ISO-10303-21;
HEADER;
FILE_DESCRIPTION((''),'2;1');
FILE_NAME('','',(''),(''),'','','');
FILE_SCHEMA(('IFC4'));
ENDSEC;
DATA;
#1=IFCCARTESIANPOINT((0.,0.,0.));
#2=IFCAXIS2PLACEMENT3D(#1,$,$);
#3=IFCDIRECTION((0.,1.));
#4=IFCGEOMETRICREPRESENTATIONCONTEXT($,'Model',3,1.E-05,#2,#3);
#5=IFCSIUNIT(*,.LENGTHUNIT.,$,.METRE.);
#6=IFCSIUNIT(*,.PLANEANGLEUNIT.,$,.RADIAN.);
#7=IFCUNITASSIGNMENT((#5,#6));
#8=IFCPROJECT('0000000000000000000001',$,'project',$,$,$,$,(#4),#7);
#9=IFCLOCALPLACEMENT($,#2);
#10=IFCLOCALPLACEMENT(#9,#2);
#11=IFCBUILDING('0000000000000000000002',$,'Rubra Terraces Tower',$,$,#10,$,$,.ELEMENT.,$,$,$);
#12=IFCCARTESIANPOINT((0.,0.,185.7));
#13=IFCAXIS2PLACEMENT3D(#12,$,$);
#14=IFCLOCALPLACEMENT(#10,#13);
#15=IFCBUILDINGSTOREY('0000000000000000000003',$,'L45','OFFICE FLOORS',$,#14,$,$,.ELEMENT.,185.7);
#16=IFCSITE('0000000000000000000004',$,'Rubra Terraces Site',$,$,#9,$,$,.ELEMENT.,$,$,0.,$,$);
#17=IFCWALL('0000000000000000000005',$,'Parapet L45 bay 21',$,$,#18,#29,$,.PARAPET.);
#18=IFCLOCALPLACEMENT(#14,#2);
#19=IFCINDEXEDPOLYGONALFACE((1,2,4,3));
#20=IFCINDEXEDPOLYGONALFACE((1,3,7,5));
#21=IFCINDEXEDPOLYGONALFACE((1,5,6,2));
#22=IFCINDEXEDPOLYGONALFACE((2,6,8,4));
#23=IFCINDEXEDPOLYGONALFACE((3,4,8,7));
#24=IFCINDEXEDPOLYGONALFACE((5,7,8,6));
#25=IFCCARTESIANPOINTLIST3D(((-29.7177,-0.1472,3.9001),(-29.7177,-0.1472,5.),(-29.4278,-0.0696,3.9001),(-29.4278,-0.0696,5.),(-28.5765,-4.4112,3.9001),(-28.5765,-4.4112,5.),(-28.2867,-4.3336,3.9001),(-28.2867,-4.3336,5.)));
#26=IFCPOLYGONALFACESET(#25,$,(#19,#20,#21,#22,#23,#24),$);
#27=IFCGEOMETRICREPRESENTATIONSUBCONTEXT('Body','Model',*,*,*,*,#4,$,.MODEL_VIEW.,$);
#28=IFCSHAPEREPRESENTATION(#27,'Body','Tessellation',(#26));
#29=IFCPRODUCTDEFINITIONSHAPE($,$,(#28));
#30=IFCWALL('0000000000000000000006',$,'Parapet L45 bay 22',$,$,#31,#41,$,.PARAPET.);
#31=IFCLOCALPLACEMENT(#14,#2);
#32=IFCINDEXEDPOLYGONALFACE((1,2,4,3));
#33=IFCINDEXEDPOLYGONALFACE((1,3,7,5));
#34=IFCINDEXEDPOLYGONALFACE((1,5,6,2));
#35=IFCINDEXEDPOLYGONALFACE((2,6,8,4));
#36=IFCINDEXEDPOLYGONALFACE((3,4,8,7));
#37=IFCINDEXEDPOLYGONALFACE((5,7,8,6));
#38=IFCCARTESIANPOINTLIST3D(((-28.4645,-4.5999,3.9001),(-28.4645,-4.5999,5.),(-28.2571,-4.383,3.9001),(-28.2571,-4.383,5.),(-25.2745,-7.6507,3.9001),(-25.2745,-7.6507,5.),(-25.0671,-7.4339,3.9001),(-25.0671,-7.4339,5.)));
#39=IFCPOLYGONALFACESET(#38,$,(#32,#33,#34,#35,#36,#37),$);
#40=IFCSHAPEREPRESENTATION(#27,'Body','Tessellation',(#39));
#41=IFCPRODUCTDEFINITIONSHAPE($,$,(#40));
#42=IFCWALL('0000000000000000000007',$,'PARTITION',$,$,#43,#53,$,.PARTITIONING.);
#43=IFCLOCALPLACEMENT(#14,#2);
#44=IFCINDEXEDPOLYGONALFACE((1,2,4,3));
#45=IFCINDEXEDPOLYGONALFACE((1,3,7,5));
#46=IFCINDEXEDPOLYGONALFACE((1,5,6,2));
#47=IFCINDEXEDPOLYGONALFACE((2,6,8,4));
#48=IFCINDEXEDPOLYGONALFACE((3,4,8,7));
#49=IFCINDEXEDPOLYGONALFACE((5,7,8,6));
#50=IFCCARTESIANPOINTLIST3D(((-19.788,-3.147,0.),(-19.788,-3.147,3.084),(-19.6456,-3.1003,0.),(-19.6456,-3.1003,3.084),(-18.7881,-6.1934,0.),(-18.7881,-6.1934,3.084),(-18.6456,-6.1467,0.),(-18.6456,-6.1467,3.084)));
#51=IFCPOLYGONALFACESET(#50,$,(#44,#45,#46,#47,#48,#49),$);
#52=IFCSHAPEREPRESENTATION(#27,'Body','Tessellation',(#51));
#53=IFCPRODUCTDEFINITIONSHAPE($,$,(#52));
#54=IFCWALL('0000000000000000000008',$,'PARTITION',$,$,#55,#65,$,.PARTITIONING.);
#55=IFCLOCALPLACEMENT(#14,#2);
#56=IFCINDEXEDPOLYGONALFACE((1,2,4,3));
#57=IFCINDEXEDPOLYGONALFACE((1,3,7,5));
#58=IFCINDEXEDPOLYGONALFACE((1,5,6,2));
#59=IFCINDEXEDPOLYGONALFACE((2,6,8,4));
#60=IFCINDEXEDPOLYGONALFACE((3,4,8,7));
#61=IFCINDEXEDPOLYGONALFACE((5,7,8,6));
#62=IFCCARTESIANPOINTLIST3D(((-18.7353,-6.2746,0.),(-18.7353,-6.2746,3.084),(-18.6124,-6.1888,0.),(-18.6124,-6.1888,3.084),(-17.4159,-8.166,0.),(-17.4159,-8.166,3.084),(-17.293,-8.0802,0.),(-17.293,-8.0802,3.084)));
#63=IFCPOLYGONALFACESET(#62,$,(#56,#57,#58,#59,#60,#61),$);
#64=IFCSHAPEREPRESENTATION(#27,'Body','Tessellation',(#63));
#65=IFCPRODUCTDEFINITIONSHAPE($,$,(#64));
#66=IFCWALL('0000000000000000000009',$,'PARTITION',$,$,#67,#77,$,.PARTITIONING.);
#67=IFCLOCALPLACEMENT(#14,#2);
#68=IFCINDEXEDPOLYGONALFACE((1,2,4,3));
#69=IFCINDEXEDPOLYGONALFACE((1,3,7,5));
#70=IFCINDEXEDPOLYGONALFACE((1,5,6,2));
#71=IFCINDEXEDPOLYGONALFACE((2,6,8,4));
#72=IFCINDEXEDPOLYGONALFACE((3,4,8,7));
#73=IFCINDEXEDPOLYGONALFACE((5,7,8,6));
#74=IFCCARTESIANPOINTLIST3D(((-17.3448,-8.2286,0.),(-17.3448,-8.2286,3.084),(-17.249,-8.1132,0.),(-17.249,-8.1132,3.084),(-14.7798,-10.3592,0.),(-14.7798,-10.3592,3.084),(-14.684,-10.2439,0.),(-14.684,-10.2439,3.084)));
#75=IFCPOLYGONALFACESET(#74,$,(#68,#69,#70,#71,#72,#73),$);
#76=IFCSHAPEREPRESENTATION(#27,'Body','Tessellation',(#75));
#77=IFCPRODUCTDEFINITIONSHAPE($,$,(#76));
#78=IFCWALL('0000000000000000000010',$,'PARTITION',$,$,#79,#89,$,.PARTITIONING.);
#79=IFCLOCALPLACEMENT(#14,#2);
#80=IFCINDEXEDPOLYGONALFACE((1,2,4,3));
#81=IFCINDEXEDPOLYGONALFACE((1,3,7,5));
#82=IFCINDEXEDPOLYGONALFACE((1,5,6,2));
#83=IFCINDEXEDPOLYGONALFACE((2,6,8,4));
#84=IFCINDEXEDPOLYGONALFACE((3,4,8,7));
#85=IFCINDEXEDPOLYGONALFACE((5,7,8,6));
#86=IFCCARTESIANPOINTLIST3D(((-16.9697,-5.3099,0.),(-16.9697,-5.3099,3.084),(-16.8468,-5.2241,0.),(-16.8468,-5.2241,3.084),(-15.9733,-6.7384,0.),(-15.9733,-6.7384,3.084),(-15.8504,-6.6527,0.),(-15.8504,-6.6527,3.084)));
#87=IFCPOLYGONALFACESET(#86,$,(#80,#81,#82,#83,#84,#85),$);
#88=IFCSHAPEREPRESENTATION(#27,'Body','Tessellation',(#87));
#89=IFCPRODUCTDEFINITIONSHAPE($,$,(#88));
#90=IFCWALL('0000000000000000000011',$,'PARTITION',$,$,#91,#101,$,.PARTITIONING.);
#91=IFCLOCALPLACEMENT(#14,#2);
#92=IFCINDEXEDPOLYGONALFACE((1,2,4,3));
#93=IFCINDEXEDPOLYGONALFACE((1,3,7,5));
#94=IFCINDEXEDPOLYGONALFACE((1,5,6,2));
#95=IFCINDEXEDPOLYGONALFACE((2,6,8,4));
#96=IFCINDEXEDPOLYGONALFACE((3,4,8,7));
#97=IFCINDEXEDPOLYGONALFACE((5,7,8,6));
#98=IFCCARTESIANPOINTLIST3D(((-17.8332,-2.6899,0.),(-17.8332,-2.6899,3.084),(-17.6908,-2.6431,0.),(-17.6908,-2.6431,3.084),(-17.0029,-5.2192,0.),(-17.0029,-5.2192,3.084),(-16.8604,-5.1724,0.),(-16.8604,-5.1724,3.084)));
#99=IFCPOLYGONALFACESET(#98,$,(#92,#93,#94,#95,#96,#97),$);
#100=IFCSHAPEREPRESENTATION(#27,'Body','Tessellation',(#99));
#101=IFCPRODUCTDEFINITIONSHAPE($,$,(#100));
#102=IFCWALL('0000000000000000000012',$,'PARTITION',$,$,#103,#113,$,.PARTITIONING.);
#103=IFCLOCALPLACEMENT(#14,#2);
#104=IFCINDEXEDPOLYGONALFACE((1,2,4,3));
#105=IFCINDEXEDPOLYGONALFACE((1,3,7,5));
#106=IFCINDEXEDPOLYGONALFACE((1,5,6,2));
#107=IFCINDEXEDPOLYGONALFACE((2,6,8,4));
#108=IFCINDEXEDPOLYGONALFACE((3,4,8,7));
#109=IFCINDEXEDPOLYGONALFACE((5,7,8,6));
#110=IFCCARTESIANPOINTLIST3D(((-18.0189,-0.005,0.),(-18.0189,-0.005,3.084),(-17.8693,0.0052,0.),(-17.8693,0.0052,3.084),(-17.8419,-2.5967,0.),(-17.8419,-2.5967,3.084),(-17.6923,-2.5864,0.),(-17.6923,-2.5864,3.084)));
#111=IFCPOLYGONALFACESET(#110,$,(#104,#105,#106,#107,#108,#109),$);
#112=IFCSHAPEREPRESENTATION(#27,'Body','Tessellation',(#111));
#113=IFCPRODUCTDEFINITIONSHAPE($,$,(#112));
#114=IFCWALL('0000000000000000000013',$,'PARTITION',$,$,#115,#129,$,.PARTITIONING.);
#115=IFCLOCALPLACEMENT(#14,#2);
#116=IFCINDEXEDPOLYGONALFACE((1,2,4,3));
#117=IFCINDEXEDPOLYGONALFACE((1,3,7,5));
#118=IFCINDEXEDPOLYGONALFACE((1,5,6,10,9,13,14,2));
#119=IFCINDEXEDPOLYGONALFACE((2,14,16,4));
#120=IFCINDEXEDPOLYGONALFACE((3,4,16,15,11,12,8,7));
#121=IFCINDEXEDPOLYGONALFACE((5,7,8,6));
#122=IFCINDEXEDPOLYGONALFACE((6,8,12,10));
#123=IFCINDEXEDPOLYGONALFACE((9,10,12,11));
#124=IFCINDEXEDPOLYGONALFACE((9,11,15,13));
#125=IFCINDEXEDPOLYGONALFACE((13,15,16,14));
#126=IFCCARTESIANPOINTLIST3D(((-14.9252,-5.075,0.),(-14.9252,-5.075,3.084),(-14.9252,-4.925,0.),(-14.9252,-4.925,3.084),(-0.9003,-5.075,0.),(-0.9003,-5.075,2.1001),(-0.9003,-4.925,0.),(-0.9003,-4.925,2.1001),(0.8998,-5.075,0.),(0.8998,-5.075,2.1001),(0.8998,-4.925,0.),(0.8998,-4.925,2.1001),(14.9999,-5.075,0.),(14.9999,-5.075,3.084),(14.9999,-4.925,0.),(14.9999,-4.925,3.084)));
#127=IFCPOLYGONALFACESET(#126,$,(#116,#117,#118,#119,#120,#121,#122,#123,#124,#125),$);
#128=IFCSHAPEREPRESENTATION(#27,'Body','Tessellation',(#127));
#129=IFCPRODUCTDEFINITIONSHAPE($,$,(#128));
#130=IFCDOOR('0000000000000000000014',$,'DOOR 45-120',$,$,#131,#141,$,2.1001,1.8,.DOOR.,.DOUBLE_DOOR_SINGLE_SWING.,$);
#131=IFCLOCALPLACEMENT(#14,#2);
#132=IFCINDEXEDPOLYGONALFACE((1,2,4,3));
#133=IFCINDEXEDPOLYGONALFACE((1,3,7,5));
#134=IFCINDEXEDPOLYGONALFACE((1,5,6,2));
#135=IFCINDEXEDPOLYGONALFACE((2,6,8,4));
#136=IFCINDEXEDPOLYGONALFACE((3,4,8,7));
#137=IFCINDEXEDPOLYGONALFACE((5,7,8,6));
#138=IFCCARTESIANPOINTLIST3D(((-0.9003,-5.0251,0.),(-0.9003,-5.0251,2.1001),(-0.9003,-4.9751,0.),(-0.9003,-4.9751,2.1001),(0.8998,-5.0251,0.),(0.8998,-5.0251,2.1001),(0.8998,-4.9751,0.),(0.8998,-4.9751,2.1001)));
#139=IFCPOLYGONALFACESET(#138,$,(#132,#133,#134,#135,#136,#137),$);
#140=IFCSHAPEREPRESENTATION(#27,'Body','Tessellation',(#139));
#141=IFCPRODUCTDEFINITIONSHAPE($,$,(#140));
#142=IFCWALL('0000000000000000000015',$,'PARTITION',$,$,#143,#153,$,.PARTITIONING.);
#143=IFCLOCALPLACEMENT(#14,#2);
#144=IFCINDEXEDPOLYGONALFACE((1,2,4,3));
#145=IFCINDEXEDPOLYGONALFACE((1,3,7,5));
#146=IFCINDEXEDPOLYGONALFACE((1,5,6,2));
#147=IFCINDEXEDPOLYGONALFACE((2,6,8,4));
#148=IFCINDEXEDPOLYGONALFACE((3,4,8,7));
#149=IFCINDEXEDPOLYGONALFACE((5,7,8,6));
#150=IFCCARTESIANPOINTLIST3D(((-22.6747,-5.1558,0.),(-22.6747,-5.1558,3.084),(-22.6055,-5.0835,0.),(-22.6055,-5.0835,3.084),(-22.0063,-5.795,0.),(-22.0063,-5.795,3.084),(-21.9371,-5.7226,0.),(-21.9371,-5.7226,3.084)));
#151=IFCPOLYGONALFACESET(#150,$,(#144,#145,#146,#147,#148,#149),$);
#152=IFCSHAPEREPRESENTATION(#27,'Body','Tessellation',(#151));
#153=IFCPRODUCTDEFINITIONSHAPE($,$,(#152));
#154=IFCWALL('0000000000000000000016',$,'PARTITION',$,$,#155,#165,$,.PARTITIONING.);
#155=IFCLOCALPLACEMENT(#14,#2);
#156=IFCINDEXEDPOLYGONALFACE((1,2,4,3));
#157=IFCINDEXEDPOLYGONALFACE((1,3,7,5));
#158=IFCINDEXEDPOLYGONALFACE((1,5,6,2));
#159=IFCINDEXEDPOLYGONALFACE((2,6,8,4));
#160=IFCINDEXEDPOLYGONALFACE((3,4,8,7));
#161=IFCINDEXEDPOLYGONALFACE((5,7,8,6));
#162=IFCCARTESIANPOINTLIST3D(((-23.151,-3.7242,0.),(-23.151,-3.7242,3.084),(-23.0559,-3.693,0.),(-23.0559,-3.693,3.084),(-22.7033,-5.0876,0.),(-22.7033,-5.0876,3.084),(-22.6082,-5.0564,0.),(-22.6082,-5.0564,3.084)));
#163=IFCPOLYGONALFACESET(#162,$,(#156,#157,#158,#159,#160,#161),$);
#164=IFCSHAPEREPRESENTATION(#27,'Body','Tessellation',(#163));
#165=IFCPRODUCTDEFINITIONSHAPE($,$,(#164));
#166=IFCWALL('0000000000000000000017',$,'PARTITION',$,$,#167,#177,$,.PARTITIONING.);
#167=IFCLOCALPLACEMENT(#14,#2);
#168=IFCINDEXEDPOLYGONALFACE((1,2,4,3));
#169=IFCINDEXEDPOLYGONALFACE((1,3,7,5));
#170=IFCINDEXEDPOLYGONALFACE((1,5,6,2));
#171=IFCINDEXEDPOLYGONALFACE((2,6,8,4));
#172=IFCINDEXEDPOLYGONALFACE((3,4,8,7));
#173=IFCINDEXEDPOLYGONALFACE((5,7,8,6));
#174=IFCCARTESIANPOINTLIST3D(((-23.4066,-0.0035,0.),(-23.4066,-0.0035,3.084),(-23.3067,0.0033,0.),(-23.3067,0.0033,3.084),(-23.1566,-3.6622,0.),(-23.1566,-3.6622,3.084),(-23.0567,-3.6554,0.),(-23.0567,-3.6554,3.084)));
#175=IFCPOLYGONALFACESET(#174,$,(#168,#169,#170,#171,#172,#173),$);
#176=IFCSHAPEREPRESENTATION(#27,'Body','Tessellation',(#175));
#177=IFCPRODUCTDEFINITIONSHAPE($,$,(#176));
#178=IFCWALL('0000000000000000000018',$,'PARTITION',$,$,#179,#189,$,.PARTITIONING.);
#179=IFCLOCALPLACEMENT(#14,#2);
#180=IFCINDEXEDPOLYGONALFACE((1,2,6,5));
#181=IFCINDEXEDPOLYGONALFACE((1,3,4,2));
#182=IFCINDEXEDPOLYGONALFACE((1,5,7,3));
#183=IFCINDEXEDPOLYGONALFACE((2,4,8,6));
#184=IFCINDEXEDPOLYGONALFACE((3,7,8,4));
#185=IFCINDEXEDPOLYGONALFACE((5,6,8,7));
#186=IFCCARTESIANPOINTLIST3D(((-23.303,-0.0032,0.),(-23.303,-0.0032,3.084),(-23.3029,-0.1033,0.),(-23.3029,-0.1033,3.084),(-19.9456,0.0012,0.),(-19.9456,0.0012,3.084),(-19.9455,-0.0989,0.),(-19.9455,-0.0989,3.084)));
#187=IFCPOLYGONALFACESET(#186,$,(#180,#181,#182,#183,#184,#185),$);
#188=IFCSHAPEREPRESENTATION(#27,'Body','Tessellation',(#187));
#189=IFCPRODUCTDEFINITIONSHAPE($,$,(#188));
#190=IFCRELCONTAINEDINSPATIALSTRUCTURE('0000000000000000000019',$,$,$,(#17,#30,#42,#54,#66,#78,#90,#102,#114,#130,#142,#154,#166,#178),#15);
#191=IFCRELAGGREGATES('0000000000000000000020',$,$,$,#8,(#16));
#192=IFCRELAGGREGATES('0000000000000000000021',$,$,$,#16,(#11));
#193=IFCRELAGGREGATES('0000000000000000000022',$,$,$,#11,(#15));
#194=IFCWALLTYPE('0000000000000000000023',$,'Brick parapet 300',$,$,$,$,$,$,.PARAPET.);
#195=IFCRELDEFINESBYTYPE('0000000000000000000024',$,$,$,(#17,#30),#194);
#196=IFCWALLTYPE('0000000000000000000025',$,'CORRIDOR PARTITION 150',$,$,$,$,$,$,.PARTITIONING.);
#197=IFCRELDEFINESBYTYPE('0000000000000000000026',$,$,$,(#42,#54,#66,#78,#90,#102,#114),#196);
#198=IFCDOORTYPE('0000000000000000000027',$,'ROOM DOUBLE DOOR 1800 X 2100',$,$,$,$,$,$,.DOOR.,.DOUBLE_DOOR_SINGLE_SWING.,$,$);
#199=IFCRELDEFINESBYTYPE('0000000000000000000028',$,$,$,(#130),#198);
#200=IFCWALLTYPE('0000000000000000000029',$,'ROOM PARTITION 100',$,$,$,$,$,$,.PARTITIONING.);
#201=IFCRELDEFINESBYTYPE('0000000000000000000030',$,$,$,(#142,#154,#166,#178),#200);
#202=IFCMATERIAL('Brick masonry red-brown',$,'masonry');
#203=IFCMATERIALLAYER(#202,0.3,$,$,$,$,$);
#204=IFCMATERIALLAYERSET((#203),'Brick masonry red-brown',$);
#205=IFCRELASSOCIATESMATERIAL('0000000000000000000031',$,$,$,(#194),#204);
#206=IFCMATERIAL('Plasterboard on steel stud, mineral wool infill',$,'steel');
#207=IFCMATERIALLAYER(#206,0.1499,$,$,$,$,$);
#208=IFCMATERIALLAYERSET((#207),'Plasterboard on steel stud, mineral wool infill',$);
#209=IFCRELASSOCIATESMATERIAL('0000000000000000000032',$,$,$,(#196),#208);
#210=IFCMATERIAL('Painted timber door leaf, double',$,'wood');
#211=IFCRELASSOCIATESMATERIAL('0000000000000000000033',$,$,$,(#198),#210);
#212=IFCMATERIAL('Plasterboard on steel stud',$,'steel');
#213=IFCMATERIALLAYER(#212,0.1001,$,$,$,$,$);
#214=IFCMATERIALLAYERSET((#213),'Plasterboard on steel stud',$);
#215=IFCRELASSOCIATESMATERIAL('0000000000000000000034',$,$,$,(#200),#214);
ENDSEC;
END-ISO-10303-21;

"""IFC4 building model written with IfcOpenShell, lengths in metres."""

from ifc_helpers import new_model, si_unit, direction, frame, frame_2d, origin, place, context, subcontext, project, spatial, rectangle, extrude, material, layer, layer_set, type_object, element, fill, save


model = new_model("IFC4")

# Units and contexts
model_context = context("Model", 3, precision=1e-05, world=origin(), true_north=direction((0.0, 1.0)))
body_context = subcontext(model_context, "Body", "Model", "MODEL_VIEW")
ifc_project = project(units=[si_unit("LENGTHUNIT", "METRE"), si_unit("PLANEANGLEUNIT", "RADIAN")], contexts=[model_context])

# Site, building, storey
site_placement = place(None, origin())
site = spatial("IfcSite", under=ifc_project, at=site_placement, Name="Rubra Terraces Site", CompositionType="ELEMENT", RefElevation=0.0)
building_placement = place(site_placement, origin())
building = spatial("IfcBuilding", under=site, at=building_placement, Name="Rubra Terraces Tower", CompositionType="ELEMENT")
storey_placement = place(building_placement, frame((0.0, 0.0, 185.7)))
storey = spatial("IfcBuildingStorey", under=building, at=storey_placement, Name="L45", Description="OFFICE FLOORS", CompositionType="ELEMENT", Elevation=185.7)

# Shared definitions
ifc_material_1 = material(Name="Brick masonry red-brown", Category="masonry")

# Walls
ifc_layer_1 = layer(ifc_material_1, 0.3)
ifc_layer_set_1 = layer_set([ifc_layer_1], Name="Brick masonry red-brown")
wall_type_1 = type_object("IfcWallType", Name="Brick parapet 300", PredefinedType="PARAPET", material=ifc_layer_set_1)
for number, where, z_axis, x_axis, name in (
    (1, (-29.5728, -0.1084, 3.9001), (0.0, 0.0, 1.0), (0.258523, -0.966005, 0.0), "Parapet L45 bay 21"),
    (2, (-28.3608, -4.4915, 3.9001), (0.0, 0.0, 1.0), (0.722695, -0.691167, 0.0), "Parapet L45 bay 22"),
):
    element("IfcWall", number, at=place(storey_placement, frame(where, z_axis=z_axis, x_axis=x_axis)), inside=storey, type_object=wall_type_1, Name=name, PredefinedType="PARAPET", context=body_context, shape_type="SweptSolid", body=[
        extrude(rectangle(XDim=4.4141, YDim=0.3, at=frame_2d((2.207, 0.0))), origin(), (0.0, 0.0, 1.0), 1.0999),
    ])

# Shared definitions
ifc_material_2 = material(Name="Plasterboard on steel stud, mineral wool infill", Category="steel")
ifc_layer_2 = layer(ifc_material_2, 0.1499)
ifc_layer_set_2 = layer_set([ifc_layer_2], Name="Plasterboard on steel stud, mineral wool infill")
wall_type_2 = type_object("IfcWallType", Name="CORRIDOR PARTITION 150", PredefinedType="PARTITIONING", material=ifc_layer_set_2)

# Walls
wall_1_placement = place(storey_placement, frame((-19.7168, -3.1238, 0.0), z_axis=(0.0, 0.0, 1.0), x_axis=(0.311884, -0.95012, 0.0)))
element("IfcWall", 3, at=wall_1_placement, inside=storey, type_object=wall_type_2, Name="PARTITION", PredefinedType="PARTITIONING", context=body_context, shape_type="SweptSolid", body=[
    extrude(rectangle(XDim=3.2063, YDim=0.1499, at=frame_2d((1.603, 0.0))), origin(), (0.0, 0.0, 1.0), 3.084),
])
wall_2_placement = place(storey_placement, frame((-18.6738, -6.2317, 0.0), z_axis=(0.0, 0.0, 1.0), x_axis=(0.572119, -0.820171, 0.0)))
element("IfcWall", 4, at=wall_2_placement, inside=storey, type_object=wall_type_2, Name="PARTITION", PredefinedType="PARTITIONING", context=body_context, shape_type="SweptSolid", body=[
    extrude(rectangle(XDim=2.3062, YDim=0.1499, at=frame_2d((1.1531, 0.0))), origin(), (0.0, 0.0, 1.0), 3.084),
])
wall_3_placement = place(storey_placement, frame((-17.2969, -8.1709, 0.0), z_axis=(0.0, 0.0, 1.0), x_axis=(0.769229, -0.638974, 0.0)))
element("IfcWall", 5, at=wall_3_placement, inside=storey, type_object=wall_type_2, Name="PARTITION", PredefinedType="PARTITIONING", context=body_context, shape_type="SweptSolid", body=[
    extrude(rectangle(XDim=3.3345, YDim=0.1499, at=frame_2d((1.6672, 0.0))), origin(), (0.0, 0.0, 1.0), 3.084),
])
wall_4_placement = place(storey_placement, frame((-15.9119, -6.6956, 0.0), z_axis=(0.0, 0.0, 1.0), x_axis=(-0.572079, 0.820199, 0.0)))
element("IfcWall", 6, at=wall_4_placement, inside=storey, type_object=wall_type_2, Name="PARTITION", PredefinedType="PARTITIONING", context=body_context, shape_type="SweptSolid", body=[
    extrude(rectangle(XDim=1.7417, YDim=0.1499, at=frame_2d((0.8708, 0.0))), origin(), (0.0, 0.0, 1.0), 3.084),
])
wall_5_placement = place(storey_placement, frame((-16.9316, -5.1958, 0.0), z_axis=(0.0, 0.0, 1.0), x_axis=(-0.311905, 0.950113, 0.0)))
element("IfcWall", 7, at=wall_5_placement, inside=storey, type_object=wall_type_2, Name="PARTITION", PredefinedType="PARTITIONING", context=body_context, shape_type="SweptSolid", body=[
    extrude(rectangle(XDim=2.6621, YDim=0.1499, at=frame_2d((1.3311, 0.0))), origin(), (0.0, 0.0, 1.0), 3.084),
])
wall_6_placement = place(storey_placement, frame((-17.7671, -2.5916, 0.0), z_axis=(0.0, 0.0, 1.0), x_axis=(-0.068141, 0.997676, 0.0)))
element("IfcWall", 8, at=wall_6_placement, inside=storey, type_object=wall_type_2, Name="PARTITION", PredefinedType="PARTITIONING", context=body_context, shape_type="SweptSolid", body=[
    extrude(rectangle(XDim=2.5977, YDim=0.1499, at=frame_2d((1.2988, 0.0))), origin(), (0.0, 0.0, 1.0), 3.084),
])

# Wall, opening, door
wall_7_placement = place(storey_placement, frame((-14.925, -5.0, 0.0), z_axis=(0.0, 0.0, 1.0), x_axis=(1.0, 0.0, 0.0)))
wall_7 = element("IfcWall", 9, at=wall_7_placement, inside=storey, type_object=wall_type_2, Name="PARTITION", PredefinedType="PARTITIONING", context=body_context, shape_type="SweptSolid", body=[
    extrude(rectangle(XDim=29.925, YDim=0.1499, at=frame_2d((14.9624, 0.0))), origin(), (0.0, 0.0, 1.0), 3.084),
])
opening_1_placement = place(wall_7_placement, frame((14.0249, 0.0, 0.0)))
opening_1 = element("IfcOpeningElement", 10, at=opening_1_placement, cuts=wall_7, PredefinedType="OPENING", context=body_context, shape_type="SweptSolid", body=[
    extrude(rectangle(XDim=1.8, YDim=2.1001, at=frame_2d((0.8999, 1.05))), frame((0.0, 0.085, 0.0), z_axis=(0.0, -1.0, 0.0), x_axis=(1.0, 0.0, 0.0)), (0.0, 0.0, 1.0), 0.1699),
])
ifc_material_3 = material(Name="Painted timber door leaf, double", Category="wood")
door_type_1 = type_object("IfcDoorType", Name="ROOM DOUBLE DOOR 1800 X 2100", OperationType="DOUBLE_DOOR_SINGLE_SWING", PredefinedType="DOOR", material=ifc_material_3)
door_1_placement = place(opening_1_placement, origin())
door_1 = element("IfcDoor", 11, at=door_1_placement, inside=storey, type_object=door_type_1, Name="DOOR 45-120", OperationType="DOUBLE_DOOR_SINGLE_SWING", OverallHeight=2.1001, OverallWidth=1.8, PredefinedType="DOOR", context=body_context, shape_type="SweptSolid", body=[
    extrude(rectangle(XDim=1.8, YDim=2.1001, at=frame_2d((0.8999, 1.05))), frame((0.0, 0.0249, 0.0), z_axis=(0.0, -1.0, 0.0), x_axis=(1.0, 0.0, 0.0)), (0.0, 0.0, 1.0), 0.05),
])
fill(opening_1, door_1)

# Walls
ifc_material_4 = material(Name="Plasterboard on steel stud", Category="steel")
ifc_layer_3 = layer(ifc_material_4, 0.1001)
ifc_layer_set_3 = layer_set([ifc_layer_3], Name="Plasterboard on steel stud")
wall_type_3 = type_object("IfcWallType", Name="ROOM PARTITION 100", PredefinedType="PARTITIONING", material=ifc_layer_set_3)
wall_8_placement = place(storey_placement, frame((-21.9717, -5.7588, 0.0), z_axis=(0.0, 0.0, 1.0), x_axis=(-0.722768, 0.691091, 0.0)))
element("IfcWall", 12, at=wall_8_placement, inside=storey, type_object=wall_type_3, Name="PARTITION", PredefinedType="PARTITIONING", context=body_context, shape_type="SweptSolid", body=[
    extrude(rectangle(XDim=0.9248, YDim=0.1001, at=frame_2d((0.4624, 0.0))), origin(), (0.0, 0.0, 1.0), 3.084),
])
wall_9_placement = place(storey_placement, frame((-22.6558, -5.072, 0.0), z_axis=(0.0, 0.0, 1.0), x_axis=(-0.311989, 0.950086, 0.0)))
element("IfcWall", 13, at=wall_9_placement, inside=storey, type_object=wall_type_3, Name="PARTITION", PredefinedType="PARTITIONING", context=body_context, shape_type="SweptSolid", body=[
    extrude(rectangle(XDim=1.4351, YDim=0.1001, at=frame_2d((0.7175, 0.0))), origin(), (0.0, 0.0, 1.0), 3.084),
])
wall_10_placement = place(storey_placement, frame((-23.1067, -3.6587, 0.0), z_axis=(0.0, 0.0, 1.0), x_axis=(-0.068171, 0.997674, 0.0)))
element("IfcWall", 14, at=wall_10_placement, inside=storey, type_object=wall_type_3, Name="PARTITION", PredefinedType="PARTITIONING", context=body_context, shape_type="SweptSolid", body=[
    extrude(rectangle(XDim=3.6672, YDim=0.1001, at=frame_2d((1.8335, 0.0))), origin(), (0.0, 0.0, 1.0), 3.084),
])
wall_11_placement = place(storey_placement, frame((-19.9456, -0.0488, 0.0), z_axis=(0.0, 0.0, 1.0), x_axis=(-0.999999, -0.001309, 0.0)))
element("IfcWall", 15, at=wall_11_placement, inside=storey, type_object=wall_type_3, Name="PARTITION", PredefinedType="PARTITIONING", context=body_context, shape_type="SweptSolid", body=[
    extrude(rectangle(XDim=3.3574, YDim=0.1001, at=frame_2d((1.6787, 0.0))), origin(), (0.0, 0.0, 1.0), 3.084),
])

save(model, "model.ifc")
